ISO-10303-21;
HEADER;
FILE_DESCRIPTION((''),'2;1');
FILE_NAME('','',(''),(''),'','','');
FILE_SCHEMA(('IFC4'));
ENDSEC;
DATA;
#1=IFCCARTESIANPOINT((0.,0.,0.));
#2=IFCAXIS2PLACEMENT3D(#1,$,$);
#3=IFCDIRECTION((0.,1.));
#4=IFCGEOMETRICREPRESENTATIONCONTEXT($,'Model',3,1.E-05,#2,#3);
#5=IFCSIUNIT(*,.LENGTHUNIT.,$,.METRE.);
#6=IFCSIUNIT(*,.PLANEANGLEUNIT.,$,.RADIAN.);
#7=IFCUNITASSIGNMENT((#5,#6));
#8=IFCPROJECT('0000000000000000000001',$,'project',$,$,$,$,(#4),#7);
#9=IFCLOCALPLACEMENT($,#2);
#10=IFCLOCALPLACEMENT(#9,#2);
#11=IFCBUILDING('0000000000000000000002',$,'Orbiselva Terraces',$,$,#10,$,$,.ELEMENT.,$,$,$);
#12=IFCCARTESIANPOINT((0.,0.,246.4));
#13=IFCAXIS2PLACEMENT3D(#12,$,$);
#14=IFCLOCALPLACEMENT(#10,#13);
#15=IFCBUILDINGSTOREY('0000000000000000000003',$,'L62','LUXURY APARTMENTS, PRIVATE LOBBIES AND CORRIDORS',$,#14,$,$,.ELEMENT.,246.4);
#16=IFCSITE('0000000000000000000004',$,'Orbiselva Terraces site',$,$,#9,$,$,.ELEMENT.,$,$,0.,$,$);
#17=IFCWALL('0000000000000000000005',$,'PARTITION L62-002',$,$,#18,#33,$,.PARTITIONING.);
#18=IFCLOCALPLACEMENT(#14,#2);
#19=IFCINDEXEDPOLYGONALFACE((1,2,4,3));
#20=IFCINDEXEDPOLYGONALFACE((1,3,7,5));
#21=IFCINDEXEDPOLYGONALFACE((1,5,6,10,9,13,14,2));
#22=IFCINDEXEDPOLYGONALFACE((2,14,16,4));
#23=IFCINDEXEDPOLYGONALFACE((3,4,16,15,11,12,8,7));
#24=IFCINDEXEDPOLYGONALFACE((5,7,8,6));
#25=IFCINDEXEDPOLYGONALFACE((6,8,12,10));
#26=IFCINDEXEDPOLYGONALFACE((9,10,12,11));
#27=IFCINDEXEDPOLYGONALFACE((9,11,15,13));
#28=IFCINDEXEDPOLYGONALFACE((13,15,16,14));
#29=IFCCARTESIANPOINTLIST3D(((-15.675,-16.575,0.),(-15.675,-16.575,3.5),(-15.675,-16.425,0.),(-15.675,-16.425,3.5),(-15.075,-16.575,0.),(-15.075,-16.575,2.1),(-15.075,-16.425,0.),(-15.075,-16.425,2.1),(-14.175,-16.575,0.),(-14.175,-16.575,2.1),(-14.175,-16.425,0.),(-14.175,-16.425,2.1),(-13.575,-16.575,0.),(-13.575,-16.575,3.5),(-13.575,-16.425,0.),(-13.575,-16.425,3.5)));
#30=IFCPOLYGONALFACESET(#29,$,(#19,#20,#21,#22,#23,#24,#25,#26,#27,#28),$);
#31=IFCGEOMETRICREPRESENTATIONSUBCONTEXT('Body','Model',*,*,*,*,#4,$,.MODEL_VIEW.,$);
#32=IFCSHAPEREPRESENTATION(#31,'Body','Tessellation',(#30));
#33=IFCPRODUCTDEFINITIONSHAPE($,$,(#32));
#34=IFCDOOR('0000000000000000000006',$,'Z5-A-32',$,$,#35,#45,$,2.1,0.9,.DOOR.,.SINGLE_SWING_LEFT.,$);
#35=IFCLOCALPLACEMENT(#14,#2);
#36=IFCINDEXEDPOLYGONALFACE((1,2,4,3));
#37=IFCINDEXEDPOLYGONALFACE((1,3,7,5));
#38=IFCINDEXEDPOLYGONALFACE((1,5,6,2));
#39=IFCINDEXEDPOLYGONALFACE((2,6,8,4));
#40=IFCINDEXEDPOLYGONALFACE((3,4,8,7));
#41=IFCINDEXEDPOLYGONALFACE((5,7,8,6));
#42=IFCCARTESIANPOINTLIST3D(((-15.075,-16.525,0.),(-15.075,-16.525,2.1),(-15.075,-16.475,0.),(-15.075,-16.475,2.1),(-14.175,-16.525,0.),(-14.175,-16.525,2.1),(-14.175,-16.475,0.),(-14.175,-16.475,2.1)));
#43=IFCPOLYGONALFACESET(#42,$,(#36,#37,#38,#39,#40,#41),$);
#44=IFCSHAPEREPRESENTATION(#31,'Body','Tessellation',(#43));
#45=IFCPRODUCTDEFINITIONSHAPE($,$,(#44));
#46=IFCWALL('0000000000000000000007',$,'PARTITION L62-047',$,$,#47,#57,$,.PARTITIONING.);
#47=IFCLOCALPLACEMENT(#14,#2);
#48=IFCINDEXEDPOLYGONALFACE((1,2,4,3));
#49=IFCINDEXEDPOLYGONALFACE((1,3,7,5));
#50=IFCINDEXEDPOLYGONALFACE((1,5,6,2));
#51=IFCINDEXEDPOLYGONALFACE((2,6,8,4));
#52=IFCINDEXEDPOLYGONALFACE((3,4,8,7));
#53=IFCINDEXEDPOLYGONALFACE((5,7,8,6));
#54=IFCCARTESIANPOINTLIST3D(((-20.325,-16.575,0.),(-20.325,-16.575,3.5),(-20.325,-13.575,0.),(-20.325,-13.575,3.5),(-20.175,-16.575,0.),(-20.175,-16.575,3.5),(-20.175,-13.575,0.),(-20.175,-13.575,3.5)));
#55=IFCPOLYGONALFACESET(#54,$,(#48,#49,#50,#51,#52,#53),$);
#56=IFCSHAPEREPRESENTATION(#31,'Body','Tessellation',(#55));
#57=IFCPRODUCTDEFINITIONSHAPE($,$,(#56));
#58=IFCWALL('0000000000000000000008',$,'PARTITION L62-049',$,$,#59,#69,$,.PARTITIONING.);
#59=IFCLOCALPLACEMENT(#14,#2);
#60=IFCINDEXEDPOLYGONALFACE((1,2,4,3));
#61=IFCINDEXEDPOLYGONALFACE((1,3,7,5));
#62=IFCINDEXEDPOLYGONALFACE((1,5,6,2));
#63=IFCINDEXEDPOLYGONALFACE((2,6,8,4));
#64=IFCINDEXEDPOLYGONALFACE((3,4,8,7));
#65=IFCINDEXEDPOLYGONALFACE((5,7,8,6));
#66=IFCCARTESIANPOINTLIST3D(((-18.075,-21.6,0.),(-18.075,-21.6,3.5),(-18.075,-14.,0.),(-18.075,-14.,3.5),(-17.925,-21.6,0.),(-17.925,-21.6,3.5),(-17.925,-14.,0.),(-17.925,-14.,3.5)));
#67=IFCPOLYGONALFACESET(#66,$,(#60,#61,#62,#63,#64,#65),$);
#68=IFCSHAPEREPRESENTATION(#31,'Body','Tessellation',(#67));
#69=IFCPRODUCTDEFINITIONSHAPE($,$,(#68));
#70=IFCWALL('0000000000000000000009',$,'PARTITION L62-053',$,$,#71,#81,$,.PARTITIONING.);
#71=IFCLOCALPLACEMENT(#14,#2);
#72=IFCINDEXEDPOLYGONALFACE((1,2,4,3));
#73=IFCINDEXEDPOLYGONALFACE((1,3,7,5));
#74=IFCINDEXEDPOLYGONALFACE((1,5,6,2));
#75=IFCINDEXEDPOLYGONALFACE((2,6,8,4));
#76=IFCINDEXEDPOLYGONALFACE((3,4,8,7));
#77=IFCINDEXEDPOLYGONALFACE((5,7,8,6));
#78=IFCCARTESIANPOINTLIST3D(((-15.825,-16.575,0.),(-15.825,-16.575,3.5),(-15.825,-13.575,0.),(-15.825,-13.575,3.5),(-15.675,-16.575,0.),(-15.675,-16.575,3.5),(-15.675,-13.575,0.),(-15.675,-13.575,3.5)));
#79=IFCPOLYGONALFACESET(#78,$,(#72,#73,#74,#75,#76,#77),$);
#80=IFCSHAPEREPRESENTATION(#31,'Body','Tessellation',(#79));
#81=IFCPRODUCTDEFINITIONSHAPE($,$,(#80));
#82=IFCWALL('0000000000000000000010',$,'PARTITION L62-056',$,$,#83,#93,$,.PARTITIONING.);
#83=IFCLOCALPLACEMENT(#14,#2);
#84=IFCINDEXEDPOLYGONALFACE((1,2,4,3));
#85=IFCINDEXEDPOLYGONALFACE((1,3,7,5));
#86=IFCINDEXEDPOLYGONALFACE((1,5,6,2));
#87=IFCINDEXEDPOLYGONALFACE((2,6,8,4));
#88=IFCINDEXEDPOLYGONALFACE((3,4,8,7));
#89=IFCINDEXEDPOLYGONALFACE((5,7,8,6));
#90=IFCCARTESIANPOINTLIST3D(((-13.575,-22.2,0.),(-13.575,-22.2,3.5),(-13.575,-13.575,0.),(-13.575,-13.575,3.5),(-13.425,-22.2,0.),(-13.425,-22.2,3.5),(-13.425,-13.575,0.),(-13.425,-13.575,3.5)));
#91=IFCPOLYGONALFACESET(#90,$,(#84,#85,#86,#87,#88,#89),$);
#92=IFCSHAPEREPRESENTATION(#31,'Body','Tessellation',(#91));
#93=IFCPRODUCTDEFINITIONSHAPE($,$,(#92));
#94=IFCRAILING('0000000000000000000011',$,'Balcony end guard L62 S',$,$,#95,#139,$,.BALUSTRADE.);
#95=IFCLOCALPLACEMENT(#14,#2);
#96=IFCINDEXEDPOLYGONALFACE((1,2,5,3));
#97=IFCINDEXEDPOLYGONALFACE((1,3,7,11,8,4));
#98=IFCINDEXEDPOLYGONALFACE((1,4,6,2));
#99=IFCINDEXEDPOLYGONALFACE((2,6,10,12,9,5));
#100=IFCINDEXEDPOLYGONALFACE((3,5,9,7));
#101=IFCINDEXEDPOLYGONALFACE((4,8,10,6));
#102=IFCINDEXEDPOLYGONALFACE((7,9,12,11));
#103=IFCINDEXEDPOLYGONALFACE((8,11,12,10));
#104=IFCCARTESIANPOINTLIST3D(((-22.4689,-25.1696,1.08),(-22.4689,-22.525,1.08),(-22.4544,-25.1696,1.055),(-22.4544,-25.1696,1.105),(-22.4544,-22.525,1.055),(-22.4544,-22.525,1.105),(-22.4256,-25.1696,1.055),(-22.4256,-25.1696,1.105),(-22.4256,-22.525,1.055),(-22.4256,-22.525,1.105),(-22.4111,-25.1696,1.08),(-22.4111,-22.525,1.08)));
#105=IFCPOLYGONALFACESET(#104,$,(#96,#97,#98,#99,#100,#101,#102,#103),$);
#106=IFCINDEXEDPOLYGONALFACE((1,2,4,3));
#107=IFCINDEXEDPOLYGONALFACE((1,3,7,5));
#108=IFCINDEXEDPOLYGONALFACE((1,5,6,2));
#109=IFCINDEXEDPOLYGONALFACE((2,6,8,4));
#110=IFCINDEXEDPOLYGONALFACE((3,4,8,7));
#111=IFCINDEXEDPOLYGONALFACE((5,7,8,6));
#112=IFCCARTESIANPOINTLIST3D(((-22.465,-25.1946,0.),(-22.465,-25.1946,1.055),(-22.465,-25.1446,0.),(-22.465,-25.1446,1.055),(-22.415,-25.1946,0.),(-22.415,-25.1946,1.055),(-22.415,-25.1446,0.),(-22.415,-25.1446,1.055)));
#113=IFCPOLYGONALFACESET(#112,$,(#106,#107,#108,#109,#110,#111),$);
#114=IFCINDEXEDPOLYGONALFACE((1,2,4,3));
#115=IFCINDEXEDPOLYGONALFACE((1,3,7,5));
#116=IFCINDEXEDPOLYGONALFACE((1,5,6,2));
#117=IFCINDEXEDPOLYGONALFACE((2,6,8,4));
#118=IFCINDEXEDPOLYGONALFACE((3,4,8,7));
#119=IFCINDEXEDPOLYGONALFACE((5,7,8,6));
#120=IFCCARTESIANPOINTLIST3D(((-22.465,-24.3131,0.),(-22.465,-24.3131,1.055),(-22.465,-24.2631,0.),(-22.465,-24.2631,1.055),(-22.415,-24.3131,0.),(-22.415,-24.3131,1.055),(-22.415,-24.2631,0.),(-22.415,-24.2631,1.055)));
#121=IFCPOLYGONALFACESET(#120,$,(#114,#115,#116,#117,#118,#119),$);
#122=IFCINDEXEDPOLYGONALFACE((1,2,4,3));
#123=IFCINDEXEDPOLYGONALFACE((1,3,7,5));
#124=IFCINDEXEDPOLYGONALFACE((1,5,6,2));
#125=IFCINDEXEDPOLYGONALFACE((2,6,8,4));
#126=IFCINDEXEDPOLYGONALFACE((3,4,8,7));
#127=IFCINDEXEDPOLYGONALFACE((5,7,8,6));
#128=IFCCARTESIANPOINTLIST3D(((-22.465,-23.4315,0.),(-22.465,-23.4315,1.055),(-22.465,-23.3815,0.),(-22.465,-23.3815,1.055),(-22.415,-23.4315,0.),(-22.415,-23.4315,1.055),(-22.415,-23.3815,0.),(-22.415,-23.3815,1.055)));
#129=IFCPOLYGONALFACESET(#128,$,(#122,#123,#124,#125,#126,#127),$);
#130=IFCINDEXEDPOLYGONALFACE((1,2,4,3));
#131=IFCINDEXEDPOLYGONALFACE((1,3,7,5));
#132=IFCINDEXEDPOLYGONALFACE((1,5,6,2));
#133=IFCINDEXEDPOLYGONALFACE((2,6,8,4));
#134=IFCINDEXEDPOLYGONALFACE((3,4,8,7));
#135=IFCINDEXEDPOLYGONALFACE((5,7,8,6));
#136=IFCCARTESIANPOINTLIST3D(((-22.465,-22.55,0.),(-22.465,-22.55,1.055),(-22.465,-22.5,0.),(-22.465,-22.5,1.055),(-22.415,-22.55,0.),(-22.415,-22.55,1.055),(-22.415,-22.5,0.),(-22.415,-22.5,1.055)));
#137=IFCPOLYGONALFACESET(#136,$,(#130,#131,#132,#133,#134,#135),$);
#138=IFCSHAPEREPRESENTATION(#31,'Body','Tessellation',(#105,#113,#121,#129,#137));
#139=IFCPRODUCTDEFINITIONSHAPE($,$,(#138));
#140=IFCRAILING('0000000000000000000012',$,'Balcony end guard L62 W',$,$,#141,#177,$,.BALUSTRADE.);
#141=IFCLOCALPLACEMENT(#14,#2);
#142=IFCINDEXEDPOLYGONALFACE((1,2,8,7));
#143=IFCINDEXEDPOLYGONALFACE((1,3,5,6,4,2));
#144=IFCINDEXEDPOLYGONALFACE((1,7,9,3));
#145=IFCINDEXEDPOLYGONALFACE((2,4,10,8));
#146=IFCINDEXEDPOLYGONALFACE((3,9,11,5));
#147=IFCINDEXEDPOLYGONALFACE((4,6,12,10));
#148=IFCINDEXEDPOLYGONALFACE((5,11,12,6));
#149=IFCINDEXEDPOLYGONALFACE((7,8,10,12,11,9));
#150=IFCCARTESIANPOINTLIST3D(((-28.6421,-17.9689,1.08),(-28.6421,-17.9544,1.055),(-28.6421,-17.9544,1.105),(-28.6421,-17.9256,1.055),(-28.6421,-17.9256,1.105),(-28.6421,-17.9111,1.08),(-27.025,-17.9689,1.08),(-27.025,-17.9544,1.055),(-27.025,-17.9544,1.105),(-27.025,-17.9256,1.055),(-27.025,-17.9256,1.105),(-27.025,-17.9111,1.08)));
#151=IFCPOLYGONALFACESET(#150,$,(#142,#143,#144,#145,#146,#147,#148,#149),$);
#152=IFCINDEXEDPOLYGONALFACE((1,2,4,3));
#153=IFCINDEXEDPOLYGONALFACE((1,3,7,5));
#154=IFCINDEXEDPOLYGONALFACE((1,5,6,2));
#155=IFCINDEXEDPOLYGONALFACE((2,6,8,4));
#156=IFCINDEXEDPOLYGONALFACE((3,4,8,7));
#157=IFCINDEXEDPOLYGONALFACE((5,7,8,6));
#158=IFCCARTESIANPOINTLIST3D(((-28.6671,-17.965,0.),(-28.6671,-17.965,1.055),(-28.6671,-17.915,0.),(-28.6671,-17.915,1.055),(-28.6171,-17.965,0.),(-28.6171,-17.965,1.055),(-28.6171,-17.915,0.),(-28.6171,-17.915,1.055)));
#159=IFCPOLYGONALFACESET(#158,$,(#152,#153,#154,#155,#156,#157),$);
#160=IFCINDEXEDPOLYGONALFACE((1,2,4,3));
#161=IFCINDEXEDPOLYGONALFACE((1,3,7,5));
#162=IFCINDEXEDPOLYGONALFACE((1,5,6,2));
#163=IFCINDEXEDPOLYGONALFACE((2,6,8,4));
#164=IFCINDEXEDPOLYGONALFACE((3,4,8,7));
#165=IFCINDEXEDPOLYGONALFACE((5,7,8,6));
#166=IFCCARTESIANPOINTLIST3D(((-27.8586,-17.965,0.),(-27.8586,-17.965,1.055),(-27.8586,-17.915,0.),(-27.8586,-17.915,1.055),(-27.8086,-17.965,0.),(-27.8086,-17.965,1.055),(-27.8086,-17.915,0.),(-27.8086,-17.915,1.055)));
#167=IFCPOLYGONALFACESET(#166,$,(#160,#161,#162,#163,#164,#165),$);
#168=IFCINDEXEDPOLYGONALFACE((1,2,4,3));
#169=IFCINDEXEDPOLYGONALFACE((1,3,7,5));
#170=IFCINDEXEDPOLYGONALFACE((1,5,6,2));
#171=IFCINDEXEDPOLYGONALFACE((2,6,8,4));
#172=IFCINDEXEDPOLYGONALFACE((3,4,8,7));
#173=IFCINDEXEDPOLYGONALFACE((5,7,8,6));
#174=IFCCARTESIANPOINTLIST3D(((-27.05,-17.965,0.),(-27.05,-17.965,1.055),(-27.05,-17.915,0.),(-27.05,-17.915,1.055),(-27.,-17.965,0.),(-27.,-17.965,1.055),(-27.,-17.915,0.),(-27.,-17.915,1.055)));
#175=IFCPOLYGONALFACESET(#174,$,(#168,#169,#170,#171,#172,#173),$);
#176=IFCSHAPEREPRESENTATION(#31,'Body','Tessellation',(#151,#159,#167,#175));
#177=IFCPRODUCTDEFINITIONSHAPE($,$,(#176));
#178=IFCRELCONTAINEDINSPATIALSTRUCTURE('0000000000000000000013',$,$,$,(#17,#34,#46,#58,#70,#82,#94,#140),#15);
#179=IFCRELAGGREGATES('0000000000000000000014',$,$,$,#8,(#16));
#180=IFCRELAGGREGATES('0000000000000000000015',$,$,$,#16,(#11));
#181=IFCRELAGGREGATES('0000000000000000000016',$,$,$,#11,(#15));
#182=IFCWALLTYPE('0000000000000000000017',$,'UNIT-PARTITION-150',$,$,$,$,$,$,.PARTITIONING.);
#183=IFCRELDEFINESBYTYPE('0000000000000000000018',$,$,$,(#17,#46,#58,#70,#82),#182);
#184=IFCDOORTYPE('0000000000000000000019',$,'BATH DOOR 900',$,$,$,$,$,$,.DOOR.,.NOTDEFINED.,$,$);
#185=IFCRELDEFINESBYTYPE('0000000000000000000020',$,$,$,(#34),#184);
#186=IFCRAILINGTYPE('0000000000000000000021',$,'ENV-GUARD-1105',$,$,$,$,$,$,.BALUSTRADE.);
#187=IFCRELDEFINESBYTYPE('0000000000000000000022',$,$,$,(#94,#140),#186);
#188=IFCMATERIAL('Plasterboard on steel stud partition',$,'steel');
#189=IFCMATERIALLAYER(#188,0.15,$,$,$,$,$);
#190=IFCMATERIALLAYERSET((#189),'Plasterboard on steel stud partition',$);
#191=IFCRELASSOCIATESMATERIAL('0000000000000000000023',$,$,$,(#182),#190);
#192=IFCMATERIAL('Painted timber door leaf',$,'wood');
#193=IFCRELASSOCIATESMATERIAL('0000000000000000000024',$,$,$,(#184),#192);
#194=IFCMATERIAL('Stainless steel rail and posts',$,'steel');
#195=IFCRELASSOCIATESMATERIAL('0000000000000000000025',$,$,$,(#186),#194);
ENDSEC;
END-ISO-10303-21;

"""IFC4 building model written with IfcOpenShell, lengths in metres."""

from ifc_helpers import new_model, si_unit, direction, frame, frame_2d, origin, origin_2d, place, context, subcontext, project, spatial, polyline, rectangle, outline, extrude, material, layer, layer_set, type_object, element, fill, save


model = new_model("IFC4")

# Units and contexts
model_context = context("Model", 3, precision=1e-05, world=origin(), true_north=direction((0.0, 1.0)))
body_context = subcontext(model_context, "Body", "Model", "MODEL_VIEW")
ifc_project = project(units=[si_unit("LENGTHUNIT", "METRE"), si_unit("PLANEANGLEUNIT", "RADIAN")], contexts=[model_context])

# Site, building, storey
site_placement = place(None, origin())
site = spatial("IfcSite", under=ifc_project, at=site_placement, Name="Orbiselva Terraces site", CompositionType="ELEMENT", RefElevation=0.0)
building_placement = place(site_placement, origin())
building = spatial("IfcBuilding", under=site, at=building_placement, Name="Orbiselva Terraces", CompositionType="ELEMENT")
storey_placement = place(building_placement, frame((0.0, 0.0, 246.4)))
storey = spatial("IfcBuildingStorey", under=building, at=storey_placement, Name="L62", Description="LUXURY APARTMENTS, PRIVATE LOBBIES AND CORRIDORS", CompositionType="ELEMENT", Elevation=246.4)

# Wall, opening, door
ifc_material_1 = material(Name="Plasterboard on steel stud partition", Category="steel")
ifc_layer_1 = layer(ifc_material_1, 0.15)
ifc_layer_set_1 = layer_set([ifc_layer_1], Name="Plasterboard on steel stud partition")
wall_type_1 = type_object("IfcWallType", Name="UNIT-PARTITION-150", PredefinedType="PARTITIONING", material=ifc_layer_set_1)
ifc_material_2 = material(Name="Painted timber door leaf", Category="wood")
door_type_1 = type_object("IfcDoorType", Name="BATH DOOR 900", OperationType="NOTDEFINED", PredefinedType="DOOR", material=ifc_material_2)
wall_1_placement = place(storey_placement, frame((-15.675, -16.5, 0.0), z_axis=(0.0, 0.0, 1.0), x_axis=(1.0, 0.0, 0.0)))
wall_1 = element("IfcWall", 1, at=wall_1_placement, inside=storey, type_object=wall_type_1, Name="PARTITION L62-002", PredefinedType="PARTITIONING", context=body_context, shape_type="SweptSolid", body=[
    extrude(rectangle(XDim=2.1, YDim=0.15, at=frame_2d((1.05, 0.0))), origin(), (0.0, 0.0, 1.0), 3.5),
])
opening_1_placement = place(wall_1_placement, frame((0.6, 0.0, 0.0)))
opening_1 = element("IfcOpeningElement", 2, at=opening_1_placement, cuts=wall_1, PredefinedType="OPENING", context=body_context, shape_type="SweptSolid", body=[
    extrude(rectangle(XDim=0.9, YDim=2.1, at=frame_2d((0.45, 1.05))), frame((0.0, 0.085, 0.0), z_axis=(0.0, -1.0, 0.0), x_axis=(1.0, 0.0, 0.0)), (0.0, 0.0, 1.0), 0.17),
])
door_1_placement = place(opening_1_placement, origin())
door_1 = element("IfcDoor", 3, at=door_1_placement, inside=storey, type_object=door_type_1, Name="Z5-A-32", OperationType="SINGLE_SWING_LEFT", OverallHeight=2.1, OverallWidth=0.9, PredefinedType="DOOR", context=body_context, shape_type="SweptSolid", body=[
    extrude(rectangle(XDim=0.9, YDim=2.1, at=frame_2d((0.45, 1.05))), frame((0.0, 0.025, 0.0), z_axis=(0.0, -1.0, 0.0), x_axis=(1.0, 0.0, 0.0)), (0.0, 0.0, 1.0), 0.05),
])
fill(opening_1, door_1)

# Walls
wall_2_placement = place(storey_placement, frame((-20.25, -16.575, 0.0), z_axis=(0.0, 0.0, 1.0), x_axis=(0.0, 1.0, 0.0)))
element("IfcWall", 4, at=wall_2_placement, inside=storey, type_object=wall_type_1, Name="PARTITION L62-047", PredefinedType="PARTITIONING", context=body_context, shape_type="SweptSolid", body=[
    extrude(rectangle(XDim=3.0, YDim=0.15, at=frame_2d((1.5, 0.0))), origin(), (0.0, 0.0, 1.0), 3.5),
])
wall_3_placement = place(storey_placement, frame((-18.0, -21.6, 0.0), z_axis=(0.0, 0.0, 1.0), x_axis=(0.0, 1.0, 0.0)))
element("IfcWall", 5, at=wall_3_placement, inside=storey, type_object=wall_type_1, Name="PARTITION L62-049", PredefinedType="PARTITIONING", context=body_context, shape_type="SweptSolid", body=[
    extrude(rectangle(XDim=7.6, YDim=0.15, at=frame_2d((3.8, 0.0))), origin(), (0.0, 0.0, 1.0), 3.5),
])
wall_4_placement = place(storey_placement, frame((-15.75, -16.575, 0.0), z_axis=(0.0, 0.0, 1.0), x_axis=(0.0, 1.0, 0.0)))
element("IfcWall", 6, at=wall_4_placement, inside=storey, type_object=wall_type_1, Name="PARTITION L62-053", PredefinedType="PARTITIONING", context=body_context, shape_type="SweptSolid", body=[
    extrude(rectangle(XDim=3.0, YDim=0.15, at=frame_2d((1.5, 0.0))), origin(), (0.0, 0.0, 1.0), 3.5),
])
wall_5_placement = place(storey_placement, frame((-13.5, -22.2, 0.0), z_axis=(0.0, 0.0, 1.0), x_axis=(0.0, 1.0, 0.0)))
element("IfcWall", 7, at=wall_5_placement, inside=storey, type_object=wall_type_1, Name="PARTITION L62-056", PredefinedType="PARTITIONING", context=body_context, shape_type="SweptSolid", body=[
    extrude(rectangle(XDim=8.625, YDim=0.15, at=frame_2d((4.3125, 0.0))), origin(), (0.0, 0.0, 1.0), 3.5),
])

# Railings
ifc_material_3 = material(Name="Stainless steel rail and posts", Category="steel")
railing_type_1 = type_object("IfcRailingType", Name="ENV-GUARD-1105", PredefinedType="BALUSTRADE", material=ifc_material_3)
railing_1_placement = place(storey_placement, frame((-22.44, -25.1696, 0.0)))
element("IfcRailing", 8, at=railing_1_placement, inside=storey, type_object=railing_type_1, Name="Balcony end guard L62 S", PredefinedType="BALUSTRADE", context=body_context, shape_type="SweptSolid", body=[
    extrude(outline(polyline([(0.0289, 0.0), (0.0144, 0.025), (-0.0144, 0.025), (-0.0289, 0.0), (-0.0144, -0.025), (0.0144, -0.025), (0.0289, 0.0)])), frame((0.0, 0.0, 1.08), z_axis=(0.0, 1.0, 0.0), x_axis=(-1.0, 0.0, 0.0)), (0.0, 0.0, 1.0), 2.6446),
    extrude(rectangle(XDim=0.05, YDim=0.05, at=origin_2d()), origin(), (0.0, 0.0, 1.0), 1.055),
    extrude(rectangle(XDim=0.05, YDim=0.05, at=origin_2d()), frame((0.0, 0.8815, 0.0)), (0.0, 0.0, 1.0), 1.055),
    extrude(rectangle(XDim=0.05, YDim=0.05, at=origin_2d()), frame((0.0, 1.7631, 0.0)), (0.0, 0.0, 1.0), 1.055),
    extrude(rectangle(XDim=0.05, YDim=0.05, at=origin_2d()), frame((0.0, 2.6446, 0.0)), (0.0, 0.0, 1.0), 1.055),
])
railing_2_placement = place(storey_placement, frame((-28.6421, -17.94, 0.0)))
element("IfcRailing", 9, at=railing_2_placement, inside=storey, type_object=railing_type_1, Name="Balcony end guard L62 W", PredefinedType="BALUSTRADE", context=body_context, shape_type="SweptSolid", body=[
    extrude(outline(polyline([(0.0289, 0.0), (0.0144, 0.025), (-0.0144, 0.025), (-0.0289, 0.0), (-0.0144, -0.025), (0.0144, -0.025), (0.0289, 0.0)])), frame((0.0, 0.0, 1.08), z_axis=(1.0, 0.0, 0.0), x_axis=(0.0, 1.0, 0.0)), (0.0, 0.0, 1.0), 1.6171),
    extrude(rectangle(XDim=0.05, YDim=0.05, at=origin_2d()), origin(), (0.0, 0.0, 1.0), 1.055),
    extrude(rectangle(XDim=0.05, YDim=0.05, at=origin_2d()), frame((0.8086, 0.0, 0.0)), (0.0, 0.0, 1.0), 1.055),
    extrude(rectangle(XDim=0.05, YDim=0.05, at=origin_2d()), frame((1.6171, 0.0, 0.0)), (0.0, 0.0, 1.0), 1.055),
])

save(model, "model.ifc")
